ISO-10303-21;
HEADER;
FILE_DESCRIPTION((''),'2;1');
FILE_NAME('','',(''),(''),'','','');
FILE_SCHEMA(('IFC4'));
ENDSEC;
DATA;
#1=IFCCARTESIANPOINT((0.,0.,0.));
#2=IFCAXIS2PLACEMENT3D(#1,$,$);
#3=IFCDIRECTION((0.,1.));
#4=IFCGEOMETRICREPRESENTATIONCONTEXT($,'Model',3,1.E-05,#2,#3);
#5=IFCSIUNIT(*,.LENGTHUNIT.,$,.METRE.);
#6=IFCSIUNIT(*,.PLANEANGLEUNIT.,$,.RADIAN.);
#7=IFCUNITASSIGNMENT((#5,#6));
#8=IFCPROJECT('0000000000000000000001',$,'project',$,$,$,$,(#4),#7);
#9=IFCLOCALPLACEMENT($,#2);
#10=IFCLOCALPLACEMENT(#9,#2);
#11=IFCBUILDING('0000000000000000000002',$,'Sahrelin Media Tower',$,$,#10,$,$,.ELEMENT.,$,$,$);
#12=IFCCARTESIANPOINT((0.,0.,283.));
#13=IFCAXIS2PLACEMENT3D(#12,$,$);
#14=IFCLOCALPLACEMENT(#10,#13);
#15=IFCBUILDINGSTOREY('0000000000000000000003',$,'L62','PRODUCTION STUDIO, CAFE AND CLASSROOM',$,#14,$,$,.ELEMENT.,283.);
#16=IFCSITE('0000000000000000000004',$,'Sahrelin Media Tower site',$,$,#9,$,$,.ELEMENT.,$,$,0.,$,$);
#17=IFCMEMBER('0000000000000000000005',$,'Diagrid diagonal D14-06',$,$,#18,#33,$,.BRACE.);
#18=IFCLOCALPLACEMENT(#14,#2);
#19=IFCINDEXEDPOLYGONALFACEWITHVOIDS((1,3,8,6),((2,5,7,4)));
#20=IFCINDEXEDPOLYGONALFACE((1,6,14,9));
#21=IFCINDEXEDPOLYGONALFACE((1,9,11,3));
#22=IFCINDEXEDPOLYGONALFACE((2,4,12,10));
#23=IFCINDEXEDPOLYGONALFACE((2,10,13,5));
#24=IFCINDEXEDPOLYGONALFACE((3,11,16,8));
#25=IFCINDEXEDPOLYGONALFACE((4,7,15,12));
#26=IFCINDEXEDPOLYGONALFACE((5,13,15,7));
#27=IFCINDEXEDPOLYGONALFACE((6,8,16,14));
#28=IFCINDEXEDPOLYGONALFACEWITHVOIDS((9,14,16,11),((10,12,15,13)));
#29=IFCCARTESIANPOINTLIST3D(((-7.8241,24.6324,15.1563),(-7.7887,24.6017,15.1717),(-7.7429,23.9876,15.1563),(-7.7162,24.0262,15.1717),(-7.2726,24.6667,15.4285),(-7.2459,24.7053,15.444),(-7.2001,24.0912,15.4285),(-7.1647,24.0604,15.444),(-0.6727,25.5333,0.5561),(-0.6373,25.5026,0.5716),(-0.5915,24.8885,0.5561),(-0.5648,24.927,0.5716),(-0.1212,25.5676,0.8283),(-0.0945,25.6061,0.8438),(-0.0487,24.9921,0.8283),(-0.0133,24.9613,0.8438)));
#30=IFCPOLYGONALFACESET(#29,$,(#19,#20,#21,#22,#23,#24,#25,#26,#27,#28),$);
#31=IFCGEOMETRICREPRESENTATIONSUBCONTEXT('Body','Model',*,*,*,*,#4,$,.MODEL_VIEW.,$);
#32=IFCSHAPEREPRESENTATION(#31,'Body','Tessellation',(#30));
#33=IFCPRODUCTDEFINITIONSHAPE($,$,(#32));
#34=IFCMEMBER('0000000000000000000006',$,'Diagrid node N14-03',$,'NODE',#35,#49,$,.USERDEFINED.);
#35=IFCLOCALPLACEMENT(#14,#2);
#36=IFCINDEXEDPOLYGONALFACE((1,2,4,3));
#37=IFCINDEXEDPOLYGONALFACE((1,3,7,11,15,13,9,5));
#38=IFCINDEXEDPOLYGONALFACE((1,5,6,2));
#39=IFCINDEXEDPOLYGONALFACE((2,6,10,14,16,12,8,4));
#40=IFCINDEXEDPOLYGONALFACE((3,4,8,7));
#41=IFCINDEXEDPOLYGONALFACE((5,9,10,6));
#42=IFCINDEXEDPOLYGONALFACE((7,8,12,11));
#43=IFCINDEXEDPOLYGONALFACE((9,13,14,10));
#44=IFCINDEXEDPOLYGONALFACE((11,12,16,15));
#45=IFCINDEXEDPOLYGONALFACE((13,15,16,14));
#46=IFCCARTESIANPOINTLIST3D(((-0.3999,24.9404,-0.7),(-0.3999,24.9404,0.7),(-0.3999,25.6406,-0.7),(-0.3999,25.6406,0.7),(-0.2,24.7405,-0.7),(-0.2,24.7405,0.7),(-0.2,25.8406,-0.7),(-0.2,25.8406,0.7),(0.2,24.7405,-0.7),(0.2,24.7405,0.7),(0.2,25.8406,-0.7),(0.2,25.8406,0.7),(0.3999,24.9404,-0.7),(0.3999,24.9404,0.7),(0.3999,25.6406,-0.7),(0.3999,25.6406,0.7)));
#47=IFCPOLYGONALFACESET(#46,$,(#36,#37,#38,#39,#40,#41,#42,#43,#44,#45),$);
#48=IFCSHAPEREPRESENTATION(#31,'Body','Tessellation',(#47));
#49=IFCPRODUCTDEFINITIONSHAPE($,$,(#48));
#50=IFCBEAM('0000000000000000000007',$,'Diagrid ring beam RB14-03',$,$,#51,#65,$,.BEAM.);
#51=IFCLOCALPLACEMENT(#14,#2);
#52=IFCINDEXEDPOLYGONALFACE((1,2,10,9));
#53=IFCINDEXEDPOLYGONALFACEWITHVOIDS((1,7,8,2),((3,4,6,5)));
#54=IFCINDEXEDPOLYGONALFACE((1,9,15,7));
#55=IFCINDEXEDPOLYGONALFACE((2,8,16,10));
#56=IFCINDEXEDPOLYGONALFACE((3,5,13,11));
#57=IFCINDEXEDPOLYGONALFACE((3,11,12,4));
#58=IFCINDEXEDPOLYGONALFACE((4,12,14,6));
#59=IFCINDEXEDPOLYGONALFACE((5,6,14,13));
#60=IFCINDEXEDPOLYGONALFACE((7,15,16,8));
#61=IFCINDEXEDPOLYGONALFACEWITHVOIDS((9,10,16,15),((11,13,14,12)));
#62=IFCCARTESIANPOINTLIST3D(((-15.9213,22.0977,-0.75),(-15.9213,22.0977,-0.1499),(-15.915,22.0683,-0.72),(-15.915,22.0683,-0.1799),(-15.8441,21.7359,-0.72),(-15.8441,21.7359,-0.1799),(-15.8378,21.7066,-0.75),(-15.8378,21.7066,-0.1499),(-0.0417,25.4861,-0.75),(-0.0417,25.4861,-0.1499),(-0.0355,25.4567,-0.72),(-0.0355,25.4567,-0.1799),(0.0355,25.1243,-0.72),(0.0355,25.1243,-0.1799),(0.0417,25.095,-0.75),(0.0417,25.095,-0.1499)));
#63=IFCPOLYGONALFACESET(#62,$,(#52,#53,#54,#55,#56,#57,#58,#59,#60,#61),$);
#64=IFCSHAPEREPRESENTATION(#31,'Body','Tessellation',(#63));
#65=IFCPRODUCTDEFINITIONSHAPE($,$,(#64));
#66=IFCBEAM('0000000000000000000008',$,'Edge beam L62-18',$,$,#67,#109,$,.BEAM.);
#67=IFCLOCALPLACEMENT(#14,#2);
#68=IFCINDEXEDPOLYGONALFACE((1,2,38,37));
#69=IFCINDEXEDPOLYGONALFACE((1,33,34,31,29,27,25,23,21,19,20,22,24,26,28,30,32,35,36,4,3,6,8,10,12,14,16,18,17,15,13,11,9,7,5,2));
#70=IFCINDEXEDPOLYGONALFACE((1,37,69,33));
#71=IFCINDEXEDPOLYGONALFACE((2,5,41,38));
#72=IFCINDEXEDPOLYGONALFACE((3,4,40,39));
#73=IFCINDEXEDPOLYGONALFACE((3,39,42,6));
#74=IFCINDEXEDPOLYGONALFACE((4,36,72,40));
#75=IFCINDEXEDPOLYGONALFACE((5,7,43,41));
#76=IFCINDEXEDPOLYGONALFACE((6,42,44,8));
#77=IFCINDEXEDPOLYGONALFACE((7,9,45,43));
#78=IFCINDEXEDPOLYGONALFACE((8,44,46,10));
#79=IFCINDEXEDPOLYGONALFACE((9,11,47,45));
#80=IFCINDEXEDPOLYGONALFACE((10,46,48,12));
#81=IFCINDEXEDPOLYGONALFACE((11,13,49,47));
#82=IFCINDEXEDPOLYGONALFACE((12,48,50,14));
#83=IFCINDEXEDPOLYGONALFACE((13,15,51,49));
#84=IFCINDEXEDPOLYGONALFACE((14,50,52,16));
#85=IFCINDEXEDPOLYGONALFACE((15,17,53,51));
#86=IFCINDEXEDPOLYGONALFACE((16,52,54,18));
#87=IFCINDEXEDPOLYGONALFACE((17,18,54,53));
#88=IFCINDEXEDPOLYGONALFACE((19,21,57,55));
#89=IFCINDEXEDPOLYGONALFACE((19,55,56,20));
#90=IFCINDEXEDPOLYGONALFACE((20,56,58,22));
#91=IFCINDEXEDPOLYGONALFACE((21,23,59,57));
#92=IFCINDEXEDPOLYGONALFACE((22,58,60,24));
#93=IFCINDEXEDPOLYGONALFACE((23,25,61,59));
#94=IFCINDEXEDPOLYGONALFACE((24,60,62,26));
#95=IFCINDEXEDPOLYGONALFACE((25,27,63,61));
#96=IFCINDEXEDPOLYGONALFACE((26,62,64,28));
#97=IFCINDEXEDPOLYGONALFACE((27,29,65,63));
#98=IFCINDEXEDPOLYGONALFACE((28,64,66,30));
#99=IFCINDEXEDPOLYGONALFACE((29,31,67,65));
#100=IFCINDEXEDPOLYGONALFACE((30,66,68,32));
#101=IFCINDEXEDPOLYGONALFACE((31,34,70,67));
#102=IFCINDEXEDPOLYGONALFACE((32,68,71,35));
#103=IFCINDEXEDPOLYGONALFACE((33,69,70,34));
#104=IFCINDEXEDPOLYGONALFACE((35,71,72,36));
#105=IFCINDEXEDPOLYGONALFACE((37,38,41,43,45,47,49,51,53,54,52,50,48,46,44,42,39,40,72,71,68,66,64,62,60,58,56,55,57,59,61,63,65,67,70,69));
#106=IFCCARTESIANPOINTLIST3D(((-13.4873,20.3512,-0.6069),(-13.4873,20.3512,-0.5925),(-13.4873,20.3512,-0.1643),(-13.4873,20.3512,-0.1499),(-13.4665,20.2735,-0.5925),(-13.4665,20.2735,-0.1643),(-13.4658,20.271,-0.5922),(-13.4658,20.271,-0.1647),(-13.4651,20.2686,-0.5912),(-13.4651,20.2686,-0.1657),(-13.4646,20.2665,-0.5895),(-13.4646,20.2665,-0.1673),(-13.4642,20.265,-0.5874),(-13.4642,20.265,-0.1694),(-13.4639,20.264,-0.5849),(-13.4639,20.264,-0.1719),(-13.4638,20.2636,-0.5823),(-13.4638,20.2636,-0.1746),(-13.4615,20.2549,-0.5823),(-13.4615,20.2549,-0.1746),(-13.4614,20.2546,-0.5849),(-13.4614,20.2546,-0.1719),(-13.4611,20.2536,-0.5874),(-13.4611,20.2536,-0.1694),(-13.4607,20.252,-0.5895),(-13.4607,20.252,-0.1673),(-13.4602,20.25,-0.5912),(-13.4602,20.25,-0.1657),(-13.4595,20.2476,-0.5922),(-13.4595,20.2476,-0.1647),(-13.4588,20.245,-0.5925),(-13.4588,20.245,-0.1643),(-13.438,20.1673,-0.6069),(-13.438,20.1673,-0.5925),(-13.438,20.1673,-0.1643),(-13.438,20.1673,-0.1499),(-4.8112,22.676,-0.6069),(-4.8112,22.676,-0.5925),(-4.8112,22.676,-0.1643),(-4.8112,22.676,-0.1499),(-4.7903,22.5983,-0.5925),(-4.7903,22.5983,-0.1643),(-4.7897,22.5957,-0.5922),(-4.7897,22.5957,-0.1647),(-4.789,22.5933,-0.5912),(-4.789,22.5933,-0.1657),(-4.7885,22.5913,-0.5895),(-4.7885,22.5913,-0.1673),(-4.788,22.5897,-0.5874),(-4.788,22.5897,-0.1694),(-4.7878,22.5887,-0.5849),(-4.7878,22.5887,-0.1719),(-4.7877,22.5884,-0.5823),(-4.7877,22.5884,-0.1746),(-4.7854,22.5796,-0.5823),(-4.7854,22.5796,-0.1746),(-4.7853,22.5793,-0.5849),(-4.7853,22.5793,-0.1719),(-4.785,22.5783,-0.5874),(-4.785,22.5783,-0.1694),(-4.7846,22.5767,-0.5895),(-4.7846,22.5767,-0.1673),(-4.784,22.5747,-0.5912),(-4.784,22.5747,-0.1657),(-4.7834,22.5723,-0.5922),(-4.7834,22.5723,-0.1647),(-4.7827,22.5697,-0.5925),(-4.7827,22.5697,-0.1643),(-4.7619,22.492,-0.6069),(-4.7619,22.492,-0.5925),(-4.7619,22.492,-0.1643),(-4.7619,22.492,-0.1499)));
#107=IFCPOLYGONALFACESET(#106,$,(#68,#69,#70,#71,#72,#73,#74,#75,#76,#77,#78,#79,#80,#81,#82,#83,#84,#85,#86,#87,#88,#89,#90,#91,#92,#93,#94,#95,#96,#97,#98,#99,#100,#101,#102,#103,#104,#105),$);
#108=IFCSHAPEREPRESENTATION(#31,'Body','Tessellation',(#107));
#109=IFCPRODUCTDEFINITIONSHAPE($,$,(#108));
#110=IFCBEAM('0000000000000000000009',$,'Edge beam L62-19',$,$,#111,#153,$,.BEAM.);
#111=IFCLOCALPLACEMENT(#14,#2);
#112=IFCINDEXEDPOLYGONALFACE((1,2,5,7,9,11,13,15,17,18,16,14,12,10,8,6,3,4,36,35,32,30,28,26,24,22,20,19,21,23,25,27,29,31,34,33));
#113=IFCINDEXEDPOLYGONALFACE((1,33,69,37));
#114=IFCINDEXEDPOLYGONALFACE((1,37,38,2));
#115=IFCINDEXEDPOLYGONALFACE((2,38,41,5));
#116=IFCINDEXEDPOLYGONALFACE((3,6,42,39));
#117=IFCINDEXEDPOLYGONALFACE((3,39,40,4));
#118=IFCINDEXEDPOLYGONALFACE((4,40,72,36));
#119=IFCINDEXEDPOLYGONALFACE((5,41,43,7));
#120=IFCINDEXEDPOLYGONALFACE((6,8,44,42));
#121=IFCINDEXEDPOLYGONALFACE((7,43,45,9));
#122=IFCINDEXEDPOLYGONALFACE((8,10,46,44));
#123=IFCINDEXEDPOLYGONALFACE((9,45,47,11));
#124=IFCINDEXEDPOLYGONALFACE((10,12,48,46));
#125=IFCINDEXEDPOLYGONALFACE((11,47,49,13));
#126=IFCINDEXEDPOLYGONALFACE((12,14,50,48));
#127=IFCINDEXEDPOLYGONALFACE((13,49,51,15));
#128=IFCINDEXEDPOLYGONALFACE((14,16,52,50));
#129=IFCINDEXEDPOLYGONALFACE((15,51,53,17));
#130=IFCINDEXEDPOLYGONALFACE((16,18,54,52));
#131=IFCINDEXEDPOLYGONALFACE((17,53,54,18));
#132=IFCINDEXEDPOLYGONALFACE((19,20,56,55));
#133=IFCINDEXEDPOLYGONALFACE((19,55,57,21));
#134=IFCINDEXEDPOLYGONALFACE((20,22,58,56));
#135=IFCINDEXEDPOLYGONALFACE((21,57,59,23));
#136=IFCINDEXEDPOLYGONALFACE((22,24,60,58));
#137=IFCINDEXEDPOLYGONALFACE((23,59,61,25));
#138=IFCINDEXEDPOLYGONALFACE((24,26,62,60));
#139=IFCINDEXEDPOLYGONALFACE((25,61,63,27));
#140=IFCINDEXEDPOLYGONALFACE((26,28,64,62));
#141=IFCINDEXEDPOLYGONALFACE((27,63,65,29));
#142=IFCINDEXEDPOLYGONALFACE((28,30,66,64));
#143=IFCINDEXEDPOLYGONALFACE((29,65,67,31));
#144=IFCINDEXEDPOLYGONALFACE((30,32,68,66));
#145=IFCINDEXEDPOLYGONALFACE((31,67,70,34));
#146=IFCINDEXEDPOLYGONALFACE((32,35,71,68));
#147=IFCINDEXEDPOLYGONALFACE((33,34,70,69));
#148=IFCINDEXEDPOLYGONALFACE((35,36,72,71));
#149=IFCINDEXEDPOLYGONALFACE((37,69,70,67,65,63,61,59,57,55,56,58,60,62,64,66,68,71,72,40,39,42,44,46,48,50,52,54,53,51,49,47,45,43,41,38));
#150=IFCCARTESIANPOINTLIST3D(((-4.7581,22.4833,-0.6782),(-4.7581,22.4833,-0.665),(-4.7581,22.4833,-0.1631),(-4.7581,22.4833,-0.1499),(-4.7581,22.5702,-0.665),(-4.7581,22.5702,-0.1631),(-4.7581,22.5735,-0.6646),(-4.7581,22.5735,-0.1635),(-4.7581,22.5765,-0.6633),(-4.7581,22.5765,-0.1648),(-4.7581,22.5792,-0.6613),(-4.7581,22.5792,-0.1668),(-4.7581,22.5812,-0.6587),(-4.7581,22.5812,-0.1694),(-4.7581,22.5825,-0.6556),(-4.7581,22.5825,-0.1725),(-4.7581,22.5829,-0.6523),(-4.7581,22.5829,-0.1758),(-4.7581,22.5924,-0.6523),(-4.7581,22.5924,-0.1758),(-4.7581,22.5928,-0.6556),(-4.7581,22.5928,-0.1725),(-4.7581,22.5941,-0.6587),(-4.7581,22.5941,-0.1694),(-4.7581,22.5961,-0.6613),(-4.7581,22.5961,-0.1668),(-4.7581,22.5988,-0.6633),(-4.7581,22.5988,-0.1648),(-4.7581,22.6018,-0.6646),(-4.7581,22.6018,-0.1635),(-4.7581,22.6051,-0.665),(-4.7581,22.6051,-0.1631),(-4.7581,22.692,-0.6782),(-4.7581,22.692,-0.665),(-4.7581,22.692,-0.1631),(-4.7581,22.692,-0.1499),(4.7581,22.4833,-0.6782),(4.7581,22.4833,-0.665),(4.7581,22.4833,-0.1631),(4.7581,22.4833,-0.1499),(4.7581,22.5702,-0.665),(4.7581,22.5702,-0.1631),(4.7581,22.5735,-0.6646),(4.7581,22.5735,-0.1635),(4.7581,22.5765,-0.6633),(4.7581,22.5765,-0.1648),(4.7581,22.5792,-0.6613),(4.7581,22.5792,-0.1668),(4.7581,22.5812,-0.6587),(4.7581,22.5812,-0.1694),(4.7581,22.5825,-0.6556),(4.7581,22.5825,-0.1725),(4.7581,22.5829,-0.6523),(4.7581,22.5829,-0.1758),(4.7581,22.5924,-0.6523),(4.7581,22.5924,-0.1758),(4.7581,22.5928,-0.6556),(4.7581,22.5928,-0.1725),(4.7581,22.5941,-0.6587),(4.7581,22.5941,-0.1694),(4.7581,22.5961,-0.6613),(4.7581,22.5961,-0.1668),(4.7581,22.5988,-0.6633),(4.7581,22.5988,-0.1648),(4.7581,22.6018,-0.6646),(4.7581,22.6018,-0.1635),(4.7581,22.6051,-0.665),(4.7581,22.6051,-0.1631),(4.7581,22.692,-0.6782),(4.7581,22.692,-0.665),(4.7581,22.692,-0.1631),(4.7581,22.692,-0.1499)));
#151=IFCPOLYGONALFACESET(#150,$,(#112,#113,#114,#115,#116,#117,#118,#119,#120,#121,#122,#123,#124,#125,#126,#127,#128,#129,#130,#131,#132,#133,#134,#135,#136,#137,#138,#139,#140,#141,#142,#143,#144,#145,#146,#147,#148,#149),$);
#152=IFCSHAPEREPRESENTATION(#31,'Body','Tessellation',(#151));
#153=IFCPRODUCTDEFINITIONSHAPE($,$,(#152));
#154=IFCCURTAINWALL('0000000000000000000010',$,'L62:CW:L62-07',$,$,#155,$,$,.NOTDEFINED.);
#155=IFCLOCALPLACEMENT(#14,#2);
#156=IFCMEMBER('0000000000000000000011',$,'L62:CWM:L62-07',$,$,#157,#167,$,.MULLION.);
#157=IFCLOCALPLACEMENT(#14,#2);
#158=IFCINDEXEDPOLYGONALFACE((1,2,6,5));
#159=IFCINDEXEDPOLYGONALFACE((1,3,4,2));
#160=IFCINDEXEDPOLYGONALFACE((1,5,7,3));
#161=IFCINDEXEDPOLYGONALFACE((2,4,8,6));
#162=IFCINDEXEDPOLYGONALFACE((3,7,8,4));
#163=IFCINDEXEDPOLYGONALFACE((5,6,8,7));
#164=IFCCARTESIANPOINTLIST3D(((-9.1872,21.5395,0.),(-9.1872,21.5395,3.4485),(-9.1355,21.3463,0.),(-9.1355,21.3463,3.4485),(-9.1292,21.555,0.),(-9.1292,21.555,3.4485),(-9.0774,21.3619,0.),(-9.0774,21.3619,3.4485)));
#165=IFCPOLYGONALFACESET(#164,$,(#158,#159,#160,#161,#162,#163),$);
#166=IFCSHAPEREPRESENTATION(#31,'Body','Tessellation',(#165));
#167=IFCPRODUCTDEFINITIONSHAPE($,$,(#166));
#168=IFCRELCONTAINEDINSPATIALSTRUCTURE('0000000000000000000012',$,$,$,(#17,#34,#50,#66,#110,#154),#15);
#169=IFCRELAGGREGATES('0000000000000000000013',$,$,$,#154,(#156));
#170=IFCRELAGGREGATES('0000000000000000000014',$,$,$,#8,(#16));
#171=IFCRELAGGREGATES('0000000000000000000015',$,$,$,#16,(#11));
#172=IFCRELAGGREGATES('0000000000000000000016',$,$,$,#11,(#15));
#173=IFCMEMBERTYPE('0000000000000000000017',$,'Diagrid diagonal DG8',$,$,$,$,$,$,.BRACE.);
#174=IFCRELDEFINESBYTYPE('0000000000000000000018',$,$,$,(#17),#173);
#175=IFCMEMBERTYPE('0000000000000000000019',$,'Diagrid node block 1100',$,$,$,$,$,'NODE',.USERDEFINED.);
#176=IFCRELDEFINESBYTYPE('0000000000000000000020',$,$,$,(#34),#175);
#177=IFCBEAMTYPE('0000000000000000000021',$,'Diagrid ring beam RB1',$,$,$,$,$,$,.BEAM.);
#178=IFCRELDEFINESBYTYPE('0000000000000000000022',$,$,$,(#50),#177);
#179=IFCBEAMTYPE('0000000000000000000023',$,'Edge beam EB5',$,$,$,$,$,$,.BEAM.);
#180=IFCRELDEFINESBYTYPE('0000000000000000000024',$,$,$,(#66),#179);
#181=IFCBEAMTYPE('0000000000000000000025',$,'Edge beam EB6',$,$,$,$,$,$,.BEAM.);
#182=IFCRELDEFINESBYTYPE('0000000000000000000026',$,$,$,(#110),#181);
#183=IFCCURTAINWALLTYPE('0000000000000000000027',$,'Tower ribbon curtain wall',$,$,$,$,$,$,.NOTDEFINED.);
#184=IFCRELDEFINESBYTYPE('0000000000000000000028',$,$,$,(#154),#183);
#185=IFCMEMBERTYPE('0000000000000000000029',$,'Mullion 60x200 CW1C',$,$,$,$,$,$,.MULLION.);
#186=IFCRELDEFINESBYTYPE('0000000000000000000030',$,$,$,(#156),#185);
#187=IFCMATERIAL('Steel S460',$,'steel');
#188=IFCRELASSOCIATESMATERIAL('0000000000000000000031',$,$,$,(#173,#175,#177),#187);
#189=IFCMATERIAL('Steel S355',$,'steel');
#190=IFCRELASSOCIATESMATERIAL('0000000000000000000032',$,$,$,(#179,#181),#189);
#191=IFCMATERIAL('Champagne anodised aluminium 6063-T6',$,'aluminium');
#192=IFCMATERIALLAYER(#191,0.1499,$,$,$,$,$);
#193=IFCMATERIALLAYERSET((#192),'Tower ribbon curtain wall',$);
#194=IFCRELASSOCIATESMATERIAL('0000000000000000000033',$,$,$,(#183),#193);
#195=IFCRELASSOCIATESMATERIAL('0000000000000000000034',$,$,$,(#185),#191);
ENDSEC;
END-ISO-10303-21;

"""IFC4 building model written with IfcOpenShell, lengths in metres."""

from ifc_helpers import new_model, si_unit, direction, frame, origin, origin_2d, place, context, subcontext, project, spatial, polyline, rectangle, hollow_rectangle, i_section, outline, extrude, material, layer, layer_set, material_profile, profile_set, type_object, element, aggregate, save


model = new_model("IFC4")

# Units and contexts
model_context = context("Model", 3, precision=1e-05, world=origin(), true_north=direction((0.0, 1.0)))
body_context = subcontext(model_context, "Body", "Model", "MODEL_VIEW")
ifc_project = project(units=[si_unit("LENGTHUNIT", "METRE"), si_unit("PLANEANGLEUNIT", "RADIAN")], contexts=[model_context])

# Site, building, storey
site_placement = place(None, origin())
site = spatial("IfcSite", under=ifc_project, at=site_placement, Name="Sahrelin Media Tower site", CompositionType="ELEMENT", RefElevation=0.0)
building_placement = place(site_placement, origin())
building = spatial("IfcBuilding", under=site, at=building_placement, Name="Sahrelin Media Tower", CompositionType="ELEMENT")
storey_placement = place(building_placement, frame((0.0, 0.0, 283.0)))
storey = spatial("IfcBuildingStorey", under=building, at=storey_placement, Name="L62", Description="PRODUCTION STUDIO, CAFE AND CLASSROOM", CompositionType="ELEMENT", Elevation=283.0)

# Members
ifc_material_1 = material(Name="Steel S460", Category="steel")
ifc_material_profile_1 = material_profile(ifc_material_1, hollow_rectangle(XDim=0.6499, YDim=0.6499, WallThickness=0.0349, at=origin_2d()), Name="Diagrid diagonal DG8")
ifc_profile_set_1 = profile_set([ifc_material_profile_1], Name="Steel S460")
member_type_1 = type_object("IfcMemberType", Name="Diagrid diagonal DG8", PredefinedType="BRACE", material=ifc_profile_set_1)
member_1_placement = place(storey_placement, frame((-0.343, 25.2473, 0.7), z_axis=(-0.439208, -0.055328, 0.89668), x_axis=(0.124985, -0.992159, 0.0)))
element("IfcMember", 1, at=member_1_placement, inside=storey, type_object=member_type_1, Name="Diagrid diagonal D14-06", PredefinedType="BRACE", context=body_context, shape_type="SweptSolid", body=[
    extrude(hollow_rectangle(XDim=0.6499, YDim=0.6499, WallThickness=0.0349, at=origin_2d()), origin(), (0.0, 0.0, 1.0), 16.2825),
])
ifc_material_profile_2 = material_profile(ifc_material_1, outline(polyline([(0.3501, -0.3999), (0.55, -0.2), (0.55, 0.2), (0.3501, 0.3999), (-0.3501, 0.3999), (-0.55, 0.2), (-0.55, -0.2), (-0.3501, -0.3999), (0.3501, -0.3999)])), Name="Diagrid node block 1100")
ifc_profile_set_2 = profile_set([ifc_material_profile_2], Name="Steel S460")
member_type_2 = type_object("IfcMemberType", Name="Diagrid node block 1100", ElementType="NODE", PredefinedType="USERDEFINED", material=ifc_profile_set_2)
member_2_placement = place(storey_placement, frame((0.0, 25.2905, -0.7), z_axis=(0.0, 0.0, 1.0), x_axis=(0.0, 1.0, 0.0)))
element("IfcMember", 2, at=member_2_placement, inside=storey, type_object=member_type_2, Name="Diagrid node N14-03", ObjectType="NODE", PredefinedType="USERDEFINED", context=body_context, shape_type="SweptSolid", body=[
    extrude(outline(polyline([(0.3501, -0.3999), (0.55, -0.2), (0.55, 0.2), (0.3501, 0.3999), (-0.3501, 0.3999), (-0.55, 0.2), (-0.55, -0.2), (-0.3501, -0.3999), (0.3501, -0.3999)])), origin(), (0.0, 0.0, 1.0), 1.3999),
])

# Beams
ifc_material_profile_3 = material_profile(ifc_material_1, hollow_rectangle(XDim=0.3999, YDim=0.6001, WallThickness=0.03, at=origin_2d()), Name="Diagrid ring beam RB1")
ifc_profile_set_3 = profile_set([ifc_material_profile_3], Name="Steel S460")
beam_type_1 = type_object("IfcBeamType", Name="Diagrid ring beam RB1", PredefinedType="BEAM", material=ifc_profile_set_3)
beam_1_placement = place(storey_placement, frame((0.0, 25.2905, -0.45), z_axis=(-0.977983, -0.208684, 0.0), x_axis=(0.208684, -0.977983, 0.0)))
element("IfcBeam", 3, at=beam_1_placement, inside=storey, type_object=beam_type_1, Name="Diagrid ring beam RB14-03", PredefinedType="BEAM", context=body_context, shape_type="SweptSolid", body=[
    extrude(hollow_rectangle(XDim=0.3999, YDim=0.6001, WallThickness=0.03, at=origin_2d()), origin(), (0.0, 0.0, 1.0), 16.2371),
])
ifc_material_2 = material(Name="Steel S355", Category="steel")
ifc_material_profile_4 = material_profile(ifc_material_2, i_section(OverallWidth=0.1904, OverallDepth=0.457, WebThickness=0.009, FlangeThickness=0.0144, FilletRadius=0.0103, at=origin_2d()), Name="UB 457x191x74")
ifc_profile_set_4 = profile_set([ifc_material_profile_4], Name="Steel S355")
beam_type_2 = type_object("IfcBeamType", Name="Edge beam EB5", PredefinedType="BEAM", material=ifc_profile_set_4)
beam_2_placement = place(storey_placement, frame((-13.4626, 20.2593, -0.3784), z_axis=(0.965927, 0.258816, 0.0), x_axis=(-0.258816, 0.965927, 0.0)))
element("IfcBeam", 4, at=beam_2_placement, inside=storey, type_object=beam_type_2, Name="Edge beam L62-18", PredefinedType="BEAM", context=body_context, shape_type="SweptSolid", body=[
    extrude(i_section(OverallWidth=0.1904, OverallDepth=0.457, WebThickness=0.009, FlangeThickness=0.0144, FilletRadius=0.0103, at=origin_2d()), origin(), (0.0, 0.0, 1.0), 8.9822),
])
ifc_material_profile_5 = material_profile(ifc_material_2, i_section(OverallWidth=0.2087, OverallDepth=0.5283, WebThickness=0.0095, FlangeThickness=0.0132, FilletRadius=0.0127, at=origin_2d()), Name="UB 533x210x82")
ifc_profile_set_5 = profile_set([ifc_material_profile_5], Name="Steel S355")
beam_type_3 = type_object("IfcBeamType", Name="Edge beam EB6", PredefinedType="BEAM", material=ifc_profile_set_5)
beam_3_placement = place(storey_placement, frame((-4.7581, 22.5876, -0.4141), z_axis=(1.0, 0.0, 0.0), x_axis=(0.0, 1.0, 0.0)))
element("IfcBeam", 5, at=beam_3_placement, inside=storey, type_object=beam_type_3, Name="Edge beam L62-19", PredefinedType="BEAM", context=body_context, shape_type="SweptSolid", body=[
    extrude(i_section(OverallWidth=0.2087, OverallDepth=0.5283, WebThickness=0.0095, FlangeThickness=0.0132, FilletRadius=0.0127, at=origin_2d()), origin(), (0.0, 0.0, 1.0), 9.5161),
])

# Curtain wall, member
ifc_material_3 = material(Name="Champagne anodised aluminium 6063-T6", Category="aluminium")
ifc_layer_1 = layer(ifc_material_3, 0.1499)
ifc_layer_set_1 = layer_set([ifc_layer_1], Name="Tower ribbon curtain wall")
curtain_wall_type = type_object("IfcCurtainWallType", Name="Tower ribbon curtain wall", PredefinedType="NOTDEFINED", material=ifc_layer_set_1)
curtain_wall_1_placement = place(storey_placement, frame((-9.1633, 21.5664, 0.0), z_axis=(0.0, 0.0, 1.0), x_axis=(1.0, 0.0, 0.0)))
curtain_wall_1 = element("IfcCurtainWall", 6, at=curtain_wall_1_placement, inside=storey, type_object=curtain_wall_type, Name="L62:CW:L62-07", PredefinedType="NOTDEFINED")
ifc_material_profile_6 = material_profile(ifc_material_3, rectangle(XDim=0.0601, YDim=0.2, at=origin_2d()), Name="Mullion 60x200")
ifc_profile_set_6 = profile_set([ifc_material_profile_6], Name="Champagne anodised aluminium 6063-T6")
member_type_3 = type_object("IfcMemberType", Name="Mullion 60x200 CW1C", PredefinedType="MULLION", material=ifc_profile_set_6)
member_3_placement = place(storey_placement, frame((-9.1323, 21.4507, 0.0), z_axis=(0.0, 0.0, 1.0), x_axis=(-0.965928, -0.258812, 0.0)))
member_3 = element("IfcMember", 7, at=member_3_placement, type_object=member_type_3, Name="L62:CWM:L62-07", PredefinedType="MULLION", context=body_context, shape_type="SweptSolid", body=[
    extrude(rectangle(XDim=0.0601, YDim=0.2, at=origin_2d()), origin(), (0.0, 0.0, 1.0), 3.4485),
])

aggregate(curtain_wall_1, [member_3])

save(model, "model.ifc")
